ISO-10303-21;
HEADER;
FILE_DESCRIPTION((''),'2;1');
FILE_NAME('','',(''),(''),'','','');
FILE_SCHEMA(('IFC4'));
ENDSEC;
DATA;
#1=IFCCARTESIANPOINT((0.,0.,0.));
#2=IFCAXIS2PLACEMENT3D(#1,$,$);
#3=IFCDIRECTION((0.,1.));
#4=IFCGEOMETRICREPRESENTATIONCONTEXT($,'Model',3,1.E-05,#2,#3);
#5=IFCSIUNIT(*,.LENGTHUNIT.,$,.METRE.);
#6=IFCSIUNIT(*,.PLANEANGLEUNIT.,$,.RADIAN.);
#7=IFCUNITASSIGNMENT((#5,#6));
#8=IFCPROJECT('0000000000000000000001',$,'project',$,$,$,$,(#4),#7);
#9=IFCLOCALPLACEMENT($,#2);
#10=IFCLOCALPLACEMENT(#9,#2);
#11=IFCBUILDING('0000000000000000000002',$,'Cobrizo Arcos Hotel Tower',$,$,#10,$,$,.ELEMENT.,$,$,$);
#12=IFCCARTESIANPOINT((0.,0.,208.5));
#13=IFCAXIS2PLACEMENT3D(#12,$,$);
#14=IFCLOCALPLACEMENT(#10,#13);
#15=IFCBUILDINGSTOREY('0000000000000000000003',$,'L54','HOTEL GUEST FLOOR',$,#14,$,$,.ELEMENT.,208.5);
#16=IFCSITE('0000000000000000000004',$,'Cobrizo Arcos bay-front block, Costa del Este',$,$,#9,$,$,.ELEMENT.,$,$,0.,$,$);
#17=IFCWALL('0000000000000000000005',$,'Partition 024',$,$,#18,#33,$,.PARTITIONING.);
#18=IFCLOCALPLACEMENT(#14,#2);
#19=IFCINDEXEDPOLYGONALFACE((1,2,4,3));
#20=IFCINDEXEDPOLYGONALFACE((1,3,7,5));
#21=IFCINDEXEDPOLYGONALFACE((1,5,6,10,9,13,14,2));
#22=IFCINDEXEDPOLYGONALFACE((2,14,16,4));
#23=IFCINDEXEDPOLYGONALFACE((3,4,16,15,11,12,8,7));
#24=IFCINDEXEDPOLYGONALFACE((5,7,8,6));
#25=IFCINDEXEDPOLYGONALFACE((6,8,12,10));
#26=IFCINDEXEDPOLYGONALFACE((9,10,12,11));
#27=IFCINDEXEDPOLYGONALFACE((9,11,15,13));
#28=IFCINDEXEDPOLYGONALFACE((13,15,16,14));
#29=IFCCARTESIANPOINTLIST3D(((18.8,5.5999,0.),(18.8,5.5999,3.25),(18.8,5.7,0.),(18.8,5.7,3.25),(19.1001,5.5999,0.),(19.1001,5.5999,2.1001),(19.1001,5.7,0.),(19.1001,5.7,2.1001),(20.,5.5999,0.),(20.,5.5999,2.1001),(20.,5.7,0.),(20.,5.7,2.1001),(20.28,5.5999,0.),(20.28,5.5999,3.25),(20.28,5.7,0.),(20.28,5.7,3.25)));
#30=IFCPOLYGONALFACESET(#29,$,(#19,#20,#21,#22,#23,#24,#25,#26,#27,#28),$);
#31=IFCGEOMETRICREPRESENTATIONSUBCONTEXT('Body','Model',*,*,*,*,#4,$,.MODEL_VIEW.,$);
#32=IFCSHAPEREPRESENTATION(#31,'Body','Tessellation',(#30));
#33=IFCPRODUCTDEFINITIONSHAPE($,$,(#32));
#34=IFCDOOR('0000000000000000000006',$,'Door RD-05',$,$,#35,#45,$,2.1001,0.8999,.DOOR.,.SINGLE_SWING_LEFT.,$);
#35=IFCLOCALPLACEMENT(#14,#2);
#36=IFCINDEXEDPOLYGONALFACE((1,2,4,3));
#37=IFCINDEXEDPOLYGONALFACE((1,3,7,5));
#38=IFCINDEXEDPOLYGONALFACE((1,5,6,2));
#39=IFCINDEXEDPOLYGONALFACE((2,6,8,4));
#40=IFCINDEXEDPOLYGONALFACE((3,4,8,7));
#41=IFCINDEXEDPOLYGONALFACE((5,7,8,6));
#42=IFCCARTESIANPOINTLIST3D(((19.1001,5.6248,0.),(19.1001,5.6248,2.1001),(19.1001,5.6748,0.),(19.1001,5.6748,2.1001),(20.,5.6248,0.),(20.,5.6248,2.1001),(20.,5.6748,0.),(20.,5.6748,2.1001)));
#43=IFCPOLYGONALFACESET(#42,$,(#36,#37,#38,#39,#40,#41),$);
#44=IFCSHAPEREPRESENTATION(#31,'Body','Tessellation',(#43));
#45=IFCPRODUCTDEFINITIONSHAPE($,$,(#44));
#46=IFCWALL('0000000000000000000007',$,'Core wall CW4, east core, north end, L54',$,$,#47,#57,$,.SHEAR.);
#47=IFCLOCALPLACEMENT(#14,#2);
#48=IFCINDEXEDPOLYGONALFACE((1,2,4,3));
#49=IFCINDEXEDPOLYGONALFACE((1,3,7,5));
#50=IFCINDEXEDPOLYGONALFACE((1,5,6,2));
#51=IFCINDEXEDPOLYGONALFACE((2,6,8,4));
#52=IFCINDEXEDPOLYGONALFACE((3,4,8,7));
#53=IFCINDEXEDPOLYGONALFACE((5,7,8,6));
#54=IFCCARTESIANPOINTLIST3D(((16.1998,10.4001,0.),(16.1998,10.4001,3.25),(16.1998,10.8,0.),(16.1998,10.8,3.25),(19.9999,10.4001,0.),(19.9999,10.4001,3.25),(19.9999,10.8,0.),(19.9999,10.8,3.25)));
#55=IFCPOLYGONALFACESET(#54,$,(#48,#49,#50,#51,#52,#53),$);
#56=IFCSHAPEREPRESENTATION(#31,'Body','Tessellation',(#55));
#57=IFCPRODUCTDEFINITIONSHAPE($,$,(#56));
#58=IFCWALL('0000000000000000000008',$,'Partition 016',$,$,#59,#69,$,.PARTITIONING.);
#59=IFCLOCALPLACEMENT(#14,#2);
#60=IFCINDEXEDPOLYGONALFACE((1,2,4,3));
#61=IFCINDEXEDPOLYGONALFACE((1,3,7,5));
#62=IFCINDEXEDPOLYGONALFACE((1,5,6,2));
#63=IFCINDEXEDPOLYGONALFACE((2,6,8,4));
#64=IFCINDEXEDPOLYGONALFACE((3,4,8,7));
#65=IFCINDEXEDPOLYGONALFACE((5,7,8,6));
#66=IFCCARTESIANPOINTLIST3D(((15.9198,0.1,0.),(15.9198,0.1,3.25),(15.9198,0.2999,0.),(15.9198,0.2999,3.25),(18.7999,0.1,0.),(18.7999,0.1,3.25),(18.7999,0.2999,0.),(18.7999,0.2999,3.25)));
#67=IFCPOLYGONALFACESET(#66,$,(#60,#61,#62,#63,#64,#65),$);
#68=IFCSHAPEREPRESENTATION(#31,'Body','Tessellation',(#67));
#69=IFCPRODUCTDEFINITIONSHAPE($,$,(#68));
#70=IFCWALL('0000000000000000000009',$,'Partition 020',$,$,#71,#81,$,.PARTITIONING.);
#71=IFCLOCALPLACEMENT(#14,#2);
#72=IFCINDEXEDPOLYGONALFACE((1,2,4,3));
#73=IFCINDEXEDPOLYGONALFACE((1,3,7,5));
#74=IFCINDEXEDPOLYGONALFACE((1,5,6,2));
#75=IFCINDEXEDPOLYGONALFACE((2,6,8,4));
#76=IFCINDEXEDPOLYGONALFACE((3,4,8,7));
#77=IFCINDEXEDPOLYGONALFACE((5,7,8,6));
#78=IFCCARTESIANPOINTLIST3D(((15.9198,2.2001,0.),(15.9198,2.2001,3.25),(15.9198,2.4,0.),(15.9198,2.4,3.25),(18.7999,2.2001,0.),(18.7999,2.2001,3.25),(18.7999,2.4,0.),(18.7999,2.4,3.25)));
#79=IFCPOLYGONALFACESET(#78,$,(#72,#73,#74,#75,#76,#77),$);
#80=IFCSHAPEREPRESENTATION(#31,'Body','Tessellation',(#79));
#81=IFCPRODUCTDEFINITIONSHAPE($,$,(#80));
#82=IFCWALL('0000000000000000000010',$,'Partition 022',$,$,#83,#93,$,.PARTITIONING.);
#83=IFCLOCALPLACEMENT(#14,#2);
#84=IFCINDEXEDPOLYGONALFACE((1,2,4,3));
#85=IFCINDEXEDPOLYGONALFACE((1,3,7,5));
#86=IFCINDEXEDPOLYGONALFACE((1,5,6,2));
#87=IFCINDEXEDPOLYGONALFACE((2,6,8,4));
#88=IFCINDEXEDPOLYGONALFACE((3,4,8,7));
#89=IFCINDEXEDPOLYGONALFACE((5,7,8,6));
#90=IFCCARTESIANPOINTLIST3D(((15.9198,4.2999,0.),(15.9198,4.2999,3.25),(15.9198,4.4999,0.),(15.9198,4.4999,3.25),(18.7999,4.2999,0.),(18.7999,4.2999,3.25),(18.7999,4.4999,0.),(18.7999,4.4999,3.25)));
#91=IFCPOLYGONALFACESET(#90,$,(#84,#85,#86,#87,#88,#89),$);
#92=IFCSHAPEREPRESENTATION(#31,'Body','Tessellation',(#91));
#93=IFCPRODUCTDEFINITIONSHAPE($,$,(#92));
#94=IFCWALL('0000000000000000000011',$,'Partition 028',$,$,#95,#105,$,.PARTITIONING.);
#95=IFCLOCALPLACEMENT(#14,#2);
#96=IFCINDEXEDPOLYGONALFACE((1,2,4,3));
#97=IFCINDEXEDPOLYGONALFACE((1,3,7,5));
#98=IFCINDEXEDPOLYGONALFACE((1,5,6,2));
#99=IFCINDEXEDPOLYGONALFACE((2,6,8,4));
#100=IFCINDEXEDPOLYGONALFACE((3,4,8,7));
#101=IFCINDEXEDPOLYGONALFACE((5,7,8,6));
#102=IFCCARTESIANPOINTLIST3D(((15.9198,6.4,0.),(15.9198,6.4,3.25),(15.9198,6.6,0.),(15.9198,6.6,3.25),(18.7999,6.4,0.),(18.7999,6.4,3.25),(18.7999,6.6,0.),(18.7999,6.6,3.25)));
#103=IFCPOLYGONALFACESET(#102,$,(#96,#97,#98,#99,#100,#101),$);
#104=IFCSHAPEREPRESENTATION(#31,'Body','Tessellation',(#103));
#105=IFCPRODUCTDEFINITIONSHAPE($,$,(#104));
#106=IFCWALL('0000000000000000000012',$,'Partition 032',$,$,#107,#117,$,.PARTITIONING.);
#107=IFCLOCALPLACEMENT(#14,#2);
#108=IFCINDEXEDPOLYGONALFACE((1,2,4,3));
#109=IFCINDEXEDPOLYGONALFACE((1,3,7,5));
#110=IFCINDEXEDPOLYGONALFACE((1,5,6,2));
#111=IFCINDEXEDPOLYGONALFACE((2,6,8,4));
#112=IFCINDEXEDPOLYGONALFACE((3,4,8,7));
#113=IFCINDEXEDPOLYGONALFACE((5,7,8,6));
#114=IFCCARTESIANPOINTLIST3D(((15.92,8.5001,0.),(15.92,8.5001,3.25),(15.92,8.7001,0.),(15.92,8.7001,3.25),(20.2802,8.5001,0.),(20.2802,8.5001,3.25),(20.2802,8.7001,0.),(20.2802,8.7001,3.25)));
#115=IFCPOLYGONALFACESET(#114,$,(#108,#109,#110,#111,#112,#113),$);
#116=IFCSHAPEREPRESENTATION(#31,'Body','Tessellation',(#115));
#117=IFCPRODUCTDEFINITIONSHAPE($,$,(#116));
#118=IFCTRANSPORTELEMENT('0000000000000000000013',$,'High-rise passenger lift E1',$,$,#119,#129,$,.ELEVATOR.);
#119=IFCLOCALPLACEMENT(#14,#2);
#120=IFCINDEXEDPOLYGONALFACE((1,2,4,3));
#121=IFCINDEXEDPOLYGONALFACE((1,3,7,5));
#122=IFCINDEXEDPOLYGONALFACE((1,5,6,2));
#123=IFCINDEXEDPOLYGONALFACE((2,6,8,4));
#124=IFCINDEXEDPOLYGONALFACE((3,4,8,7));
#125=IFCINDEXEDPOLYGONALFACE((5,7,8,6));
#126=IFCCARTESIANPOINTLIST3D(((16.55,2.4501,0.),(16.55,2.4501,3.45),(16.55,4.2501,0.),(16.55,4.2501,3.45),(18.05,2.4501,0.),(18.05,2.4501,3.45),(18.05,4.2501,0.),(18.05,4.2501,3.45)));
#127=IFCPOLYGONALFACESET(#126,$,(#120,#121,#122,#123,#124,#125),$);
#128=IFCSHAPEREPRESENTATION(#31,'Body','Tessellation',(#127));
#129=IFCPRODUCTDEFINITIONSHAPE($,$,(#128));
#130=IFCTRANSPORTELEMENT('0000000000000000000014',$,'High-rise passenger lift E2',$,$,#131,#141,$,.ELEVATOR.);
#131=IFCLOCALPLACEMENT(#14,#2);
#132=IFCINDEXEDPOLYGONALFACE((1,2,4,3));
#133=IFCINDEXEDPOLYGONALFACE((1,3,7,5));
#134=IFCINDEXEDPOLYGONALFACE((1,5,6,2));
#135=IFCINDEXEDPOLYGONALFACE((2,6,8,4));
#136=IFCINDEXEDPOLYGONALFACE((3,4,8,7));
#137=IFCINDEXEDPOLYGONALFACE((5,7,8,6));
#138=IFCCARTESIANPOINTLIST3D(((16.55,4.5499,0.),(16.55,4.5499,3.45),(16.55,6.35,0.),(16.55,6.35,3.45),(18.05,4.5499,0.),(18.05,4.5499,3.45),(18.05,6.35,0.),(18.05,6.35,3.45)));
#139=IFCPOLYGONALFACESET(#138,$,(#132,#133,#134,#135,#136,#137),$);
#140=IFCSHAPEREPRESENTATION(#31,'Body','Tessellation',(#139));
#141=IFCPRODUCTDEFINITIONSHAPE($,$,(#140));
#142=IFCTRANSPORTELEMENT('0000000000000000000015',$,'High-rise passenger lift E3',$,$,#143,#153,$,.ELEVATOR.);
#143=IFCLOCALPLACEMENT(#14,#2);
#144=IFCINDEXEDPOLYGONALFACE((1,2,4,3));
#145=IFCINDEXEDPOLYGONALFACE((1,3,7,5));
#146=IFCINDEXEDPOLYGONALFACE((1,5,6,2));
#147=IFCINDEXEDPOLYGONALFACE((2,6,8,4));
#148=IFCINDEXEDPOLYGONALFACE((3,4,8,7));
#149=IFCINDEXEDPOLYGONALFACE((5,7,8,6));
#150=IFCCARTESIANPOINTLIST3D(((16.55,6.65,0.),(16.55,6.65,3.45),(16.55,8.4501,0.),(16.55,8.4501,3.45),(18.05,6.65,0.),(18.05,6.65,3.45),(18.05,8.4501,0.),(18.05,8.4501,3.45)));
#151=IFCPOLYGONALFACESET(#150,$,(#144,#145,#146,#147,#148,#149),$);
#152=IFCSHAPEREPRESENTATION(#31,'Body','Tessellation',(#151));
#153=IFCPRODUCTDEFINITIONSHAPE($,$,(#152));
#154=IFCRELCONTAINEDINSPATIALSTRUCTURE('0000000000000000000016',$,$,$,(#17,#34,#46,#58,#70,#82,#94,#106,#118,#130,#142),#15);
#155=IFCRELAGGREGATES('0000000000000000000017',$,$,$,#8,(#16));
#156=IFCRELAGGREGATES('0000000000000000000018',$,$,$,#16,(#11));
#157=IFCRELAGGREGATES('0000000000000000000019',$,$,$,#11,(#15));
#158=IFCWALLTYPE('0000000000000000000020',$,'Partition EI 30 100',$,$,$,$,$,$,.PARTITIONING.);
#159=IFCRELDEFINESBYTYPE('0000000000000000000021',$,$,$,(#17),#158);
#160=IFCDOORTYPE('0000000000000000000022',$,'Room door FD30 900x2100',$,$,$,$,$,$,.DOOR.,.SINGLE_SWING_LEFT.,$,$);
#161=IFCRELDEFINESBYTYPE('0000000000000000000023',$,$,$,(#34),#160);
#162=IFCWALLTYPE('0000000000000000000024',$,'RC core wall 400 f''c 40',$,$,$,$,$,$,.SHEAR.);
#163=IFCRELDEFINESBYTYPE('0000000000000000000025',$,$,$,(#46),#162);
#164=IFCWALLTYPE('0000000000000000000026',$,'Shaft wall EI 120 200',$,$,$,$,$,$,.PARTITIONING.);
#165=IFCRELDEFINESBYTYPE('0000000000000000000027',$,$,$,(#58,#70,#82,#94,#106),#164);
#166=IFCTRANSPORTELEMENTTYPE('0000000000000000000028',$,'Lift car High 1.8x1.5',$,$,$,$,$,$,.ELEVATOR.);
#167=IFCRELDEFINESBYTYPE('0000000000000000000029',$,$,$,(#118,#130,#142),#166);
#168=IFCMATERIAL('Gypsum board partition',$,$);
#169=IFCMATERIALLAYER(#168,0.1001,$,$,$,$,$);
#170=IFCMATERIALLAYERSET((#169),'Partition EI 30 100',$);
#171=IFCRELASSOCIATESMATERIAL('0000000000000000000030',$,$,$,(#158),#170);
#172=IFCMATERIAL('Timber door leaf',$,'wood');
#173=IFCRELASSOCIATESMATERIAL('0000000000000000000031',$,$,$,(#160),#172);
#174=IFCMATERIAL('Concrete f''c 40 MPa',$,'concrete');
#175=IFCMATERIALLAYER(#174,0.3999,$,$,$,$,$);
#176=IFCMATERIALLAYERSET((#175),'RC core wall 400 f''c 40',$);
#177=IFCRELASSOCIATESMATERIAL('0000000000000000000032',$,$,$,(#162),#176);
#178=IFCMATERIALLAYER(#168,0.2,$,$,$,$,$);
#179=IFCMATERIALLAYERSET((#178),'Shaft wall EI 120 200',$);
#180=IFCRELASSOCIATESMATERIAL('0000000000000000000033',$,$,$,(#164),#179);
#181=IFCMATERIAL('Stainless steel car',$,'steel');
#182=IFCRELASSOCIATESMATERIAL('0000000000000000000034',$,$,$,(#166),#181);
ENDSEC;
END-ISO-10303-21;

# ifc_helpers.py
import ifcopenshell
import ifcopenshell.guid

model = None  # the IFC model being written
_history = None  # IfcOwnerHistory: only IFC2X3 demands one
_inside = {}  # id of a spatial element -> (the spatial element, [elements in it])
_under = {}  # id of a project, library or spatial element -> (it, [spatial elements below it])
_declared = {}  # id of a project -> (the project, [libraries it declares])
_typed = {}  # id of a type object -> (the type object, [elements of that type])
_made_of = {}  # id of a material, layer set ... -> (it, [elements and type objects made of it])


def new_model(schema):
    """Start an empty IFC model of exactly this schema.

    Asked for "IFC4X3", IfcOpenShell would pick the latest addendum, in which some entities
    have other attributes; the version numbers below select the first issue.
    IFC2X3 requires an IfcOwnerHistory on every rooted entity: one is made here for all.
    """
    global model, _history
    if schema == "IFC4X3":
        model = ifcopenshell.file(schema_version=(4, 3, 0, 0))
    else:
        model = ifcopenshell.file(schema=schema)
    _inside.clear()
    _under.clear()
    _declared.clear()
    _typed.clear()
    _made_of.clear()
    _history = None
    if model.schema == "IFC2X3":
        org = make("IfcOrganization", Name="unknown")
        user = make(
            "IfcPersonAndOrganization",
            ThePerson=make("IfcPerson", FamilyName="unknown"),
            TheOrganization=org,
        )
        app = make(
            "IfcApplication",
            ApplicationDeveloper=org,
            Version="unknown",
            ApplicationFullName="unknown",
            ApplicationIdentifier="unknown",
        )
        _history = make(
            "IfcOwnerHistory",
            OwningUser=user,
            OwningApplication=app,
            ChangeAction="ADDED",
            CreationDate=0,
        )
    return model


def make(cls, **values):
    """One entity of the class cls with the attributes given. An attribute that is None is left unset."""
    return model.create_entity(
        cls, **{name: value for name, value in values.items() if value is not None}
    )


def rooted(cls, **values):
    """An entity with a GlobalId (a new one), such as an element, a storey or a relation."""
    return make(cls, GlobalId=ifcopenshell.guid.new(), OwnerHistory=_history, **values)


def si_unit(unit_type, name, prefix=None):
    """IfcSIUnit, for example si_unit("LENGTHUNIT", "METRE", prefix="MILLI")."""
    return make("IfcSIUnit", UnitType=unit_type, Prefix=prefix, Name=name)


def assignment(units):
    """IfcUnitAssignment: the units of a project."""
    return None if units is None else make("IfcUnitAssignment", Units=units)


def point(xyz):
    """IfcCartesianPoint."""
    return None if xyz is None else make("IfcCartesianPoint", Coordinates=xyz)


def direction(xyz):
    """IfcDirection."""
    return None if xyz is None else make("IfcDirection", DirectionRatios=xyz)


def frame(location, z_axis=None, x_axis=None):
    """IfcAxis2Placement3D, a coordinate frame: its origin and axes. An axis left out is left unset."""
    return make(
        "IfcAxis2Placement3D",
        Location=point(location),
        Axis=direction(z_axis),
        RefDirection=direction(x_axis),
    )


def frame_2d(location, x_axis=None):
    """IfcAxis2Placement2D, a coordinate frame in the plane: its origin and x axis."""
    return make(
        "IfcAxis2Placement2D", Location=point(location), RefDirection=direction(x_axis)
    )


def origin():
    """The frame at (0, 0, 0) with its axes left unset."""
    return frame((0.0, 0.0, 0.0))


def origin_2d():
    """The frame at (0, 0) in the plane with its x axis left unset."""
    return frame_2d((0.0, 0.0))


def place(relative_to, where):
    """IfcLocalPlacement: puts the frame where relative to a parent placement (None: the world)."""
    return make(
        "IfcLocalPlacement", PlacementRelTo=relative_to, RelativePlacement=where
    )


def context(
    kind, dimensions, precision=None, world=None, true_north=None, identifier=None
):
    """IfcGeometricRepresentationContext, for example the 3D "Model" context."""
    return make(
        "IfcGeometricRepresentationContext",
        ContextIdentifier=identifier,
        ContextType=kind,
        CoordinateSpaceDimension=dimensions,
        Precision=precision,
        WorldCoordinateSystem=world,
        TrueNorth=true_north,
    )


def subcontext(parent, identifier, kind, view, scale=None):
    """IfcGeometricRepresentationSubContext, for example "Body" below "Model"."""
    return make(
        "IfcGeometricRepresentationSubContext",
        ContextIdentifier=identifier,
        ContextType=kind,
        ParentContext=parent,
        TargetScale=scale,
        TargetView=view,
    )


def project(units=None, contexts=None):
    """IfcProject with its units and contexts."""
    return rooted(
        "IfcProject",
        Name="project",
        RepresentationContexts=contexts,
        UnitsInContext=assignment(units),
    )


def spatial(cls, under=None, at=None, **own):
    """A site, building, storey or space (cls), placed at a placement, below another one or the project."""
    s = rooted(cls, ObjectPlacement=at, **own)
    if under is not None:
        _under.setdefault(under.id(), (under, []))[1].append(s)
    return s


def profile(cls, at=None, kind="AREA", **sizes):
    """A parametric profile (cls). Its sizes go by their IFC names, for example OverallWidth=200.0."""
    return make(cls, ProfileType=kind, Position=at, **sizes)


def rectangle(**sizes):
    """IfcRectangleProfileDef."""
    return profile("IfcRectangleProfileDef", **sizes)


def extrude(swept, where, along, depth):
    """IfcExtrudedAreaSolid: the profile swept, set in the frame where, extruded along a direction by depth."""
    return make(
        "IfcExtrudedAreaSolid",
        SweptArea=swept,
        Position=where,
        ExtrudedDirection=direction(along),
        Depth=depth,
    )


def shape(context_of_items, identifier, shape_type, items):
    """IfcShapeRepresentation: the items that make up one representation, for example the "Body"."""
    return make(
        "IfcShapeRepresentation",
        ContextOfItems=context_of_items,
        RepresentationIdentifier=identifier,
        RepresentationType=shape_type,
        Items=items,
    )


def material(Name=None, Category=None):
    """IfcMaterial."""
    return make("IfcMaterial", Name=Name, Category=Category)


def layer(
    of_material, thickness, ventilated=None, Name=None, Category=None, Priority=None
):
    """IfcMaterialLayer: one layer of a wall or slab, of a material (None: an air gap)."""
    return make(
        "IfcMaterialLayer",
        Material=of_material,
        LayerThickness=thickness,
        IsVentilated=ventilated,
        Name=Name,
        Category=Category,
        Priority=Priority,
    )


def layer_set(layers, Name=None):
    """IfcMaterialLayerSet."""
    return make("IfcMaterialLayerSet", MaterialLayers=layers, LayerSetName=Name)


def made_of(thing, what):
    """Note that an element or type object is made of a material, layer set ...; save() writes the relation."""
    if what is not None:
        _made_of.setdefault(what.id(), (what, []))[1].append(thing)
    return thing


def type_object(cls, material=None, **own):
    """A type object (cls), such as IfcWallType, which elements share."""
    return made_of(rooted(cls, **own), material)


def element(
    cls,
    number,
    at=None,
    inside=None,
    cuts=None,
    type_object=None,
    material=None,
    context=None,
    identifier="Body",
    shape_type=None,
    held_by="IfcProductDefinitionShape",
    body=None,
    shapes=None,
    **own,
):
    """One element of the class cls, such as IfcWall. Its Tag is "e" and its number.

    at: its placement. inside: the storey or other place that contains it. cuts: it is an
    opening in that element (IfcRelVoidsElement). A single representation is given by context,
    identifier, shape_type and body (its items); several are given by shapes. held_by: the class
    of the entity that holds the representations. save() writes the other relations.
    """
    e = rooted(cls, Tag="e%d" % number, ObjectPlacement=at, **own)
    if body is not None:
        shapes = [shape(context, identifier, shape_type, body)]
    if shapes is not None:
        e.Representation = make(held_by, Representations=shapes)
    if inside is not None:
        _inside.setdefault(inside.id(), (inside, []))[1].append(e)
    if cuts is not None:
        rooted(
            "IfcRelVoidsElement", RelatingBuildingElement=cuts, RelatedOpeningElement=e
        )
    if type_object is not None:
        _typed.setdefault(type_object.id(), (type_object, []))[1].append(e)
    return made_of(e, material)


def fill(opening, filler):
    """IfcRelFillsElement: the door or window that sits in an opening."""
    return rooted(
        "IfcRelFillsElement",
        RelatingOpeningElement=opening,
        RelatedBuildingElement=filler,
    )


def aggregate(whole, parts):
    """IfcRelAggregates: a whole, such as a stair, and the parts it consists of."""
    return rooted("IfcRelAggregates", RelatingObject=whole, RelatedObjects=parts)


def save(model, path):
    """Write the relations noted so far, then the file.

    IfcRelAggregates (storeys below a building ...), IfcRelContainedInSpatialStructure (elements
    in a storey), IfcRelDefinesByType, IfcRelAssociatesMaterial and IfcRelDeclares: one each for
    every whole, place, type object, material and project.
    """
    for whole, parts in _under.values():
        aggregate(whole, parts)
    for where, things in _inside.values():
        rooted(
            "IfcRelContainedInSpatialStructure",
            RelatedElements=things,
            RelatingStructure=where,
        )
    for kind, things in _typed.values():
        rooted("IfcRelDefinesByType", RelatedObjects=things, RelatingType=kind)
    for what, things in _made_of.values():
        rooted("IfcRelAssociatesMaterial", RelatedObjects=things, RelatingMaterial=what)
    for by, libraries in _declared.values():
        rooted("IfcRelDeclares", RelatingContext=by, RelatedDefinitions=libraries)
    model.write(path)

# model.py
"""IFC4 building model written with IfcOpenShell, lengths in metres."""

from ifc_helpers import new_model, si_unit, direction, frame, frame_2d, origin, origin_2d, place, context, subcontext, project, spatial, rectangle, extrude, material, layer, layer_set, type_object, element, fill, save


model = new_model("IFC4")

# Units and contexts
model_context = context("Model", 3, precision=1e-05, world=origin(), true_north=direction((0.0, 1.0)))
body_context = subcontext(model_context, "Body", "Model", "MODEL_VIEW")
ifc_project = project(units=[si_unit("LENGTHUNIT", "METRE"), si_unit("PLANEANGLEUNIT", "RADIAN")], contexts=[model_context])

# Site, building, storey
site_placement = place(None, origin())
site = spatial("IfcSite", under=ifc_project, at=site_placement, Name="Cobrizo Arcos bay-front block, Costa del Este", CompositionType="ELEMENT", RefElevation=0.0)
building_placement = place(site_placement, origin())
building = spatial("IfcBuilding", under=site, at=building_placement, Name="Cobrizo Arcos Hotel Tower", CompositionType="ELEMENT")
storey_placement = place(building_placement, frame((0.0, 0.0, 208.5)))
storey = spatial("IfcBuildingStorey", under=building, at=storey_placement, Name="L54", Description="HOTEL GUEST FLOOR", CompositionType="ELEMENT", Elevation=208.5)

# Shared definitions
ifc_material_1 = material(Name="Gypsum board partition")

# Wall, opening, door
ifc_layer_1 = layer(ifc_material_1, 0.1001)
ifc_layer_set_1 = layer_set([ifc_layer_1], Name="Partition EI 30 100")
wall_type_1 = type_object("IfcWallType", Name="Partition EI 30 100", PredefinedType="PARTITIONING", material=ifc_layer_set_1)
wall_1_placement = place(storey_placement, frame((18.8, 5.6499, 0.0), z_axis=(0.0, 0.0, 1.0), x_axis=(1.0, 0.0, 0.0)))
wall_1 = element("IfcWall", 1, at=wall_1_placement, inside=storey, type_object=wall_type_1, Name="Partition 024", PredefinedType="PARTITIONING", context=body_context, shape_type="SweptSolid", body=[
    extrude(rectangle(XDim=1.48, YDim=0.1001, at=frame_2d((0.74, 0.0))), origin(), (0.0, 0.0, 1.0), 3.25),
])
opening_placement = place(wall_1_placement, frame((0.3, 0.0, 0.0)))
opening = element("IfcOpeningElement", 2, at=opening_placement, cuts=wall_1, PredefinedType="OPENING", context=body_context, shape_type="SweptSolid", body=[
    extrude(rectangle(XDim=0.8999, YDim=2.1001, at=frame_2d((0.45, 1.05))), frame((0.0, 0.062, 0.0), z_axis=(0.0, -1.0, 0.0), x_axis=(1.0, 0.0, 0.0)), (0.0, 0.0, 1.0), 0.124),
])
ifc_material_2 = material(Name="Timber door leaf", Category="wood")
door_type = type_object("IfcDoorType", Name="Room door FD30 900x2100", OperationType="SINGLE_SWING_LEFT", PredefinedType="DOOR", material=ifc_material_2)
door_placement = place(opening_placement, origin())
door = element("IfcDoor", 3, at=door_placement, inside=storey, type_object=door_type, Name="Door RD-05", OperationType="SINGLE_SWING_LEFT", OverallHeight=2.1001, OverallWidth=0.8999, PredefinedType="DOOR", context=body_context, shape_type="SweptSolid", body=[
    extrude(rectangle(XDim=0.8999, YDim=2.1001, at=frame_2d((0.45, 1.05))), frame((0.0, 0.0249, 0.0), z_axis=(0.0, -1.0, 0.0), x_axis=(1.0, 0.0, 0.0)), (0.0, 0.0, 1.0), 0.05),
])
fill(opening, door)

# Walls
ifc_material_3 = material(Name="Concrete f'c 40 MPa", Category="concrete")
ifc_layer_2 = layer(ifc_material_3, 0.3999)
ifc_layer_set_2 = layer_set([ifc_layer_2], Name="RC core wall 400 f'c 40")
wall_type_2 = type_object("IfcWallType", Name="RC core wall 400 f'c 40", PredefinedType="SHEAR", material=ifc_layer_set_2)
wall_2_placement = place(storey_placement, frame((16.2, 10.6001, 0.0), z_axis=(0.0, 0.0, 1.0), x_axis=(1.0, 0.0, 0.0)))
element("IfcWall", 4, at=wall_2_placement, inside=storey, type_object=wall_type_2, Name="Core wall CW4, east core, north end, L54", PredefinedType="SHEAR", context=body_context, shape_type="SweptSolid", body=[
    extrude(rectangle(XDim=3.8, YDim=0.3999, at=frame_2d((1.8999, 0.0))), origin(), (0.0, 0.0, 1.0), 3.25),
])
ifc_layer_3 = layer(ifc_material_1, 0.2)
ifc_layer_set_3 = layer_set([ifc_layer_3], Name="Shaft wall EI 120 200")
wall_type_3 = type_object("IfcWallType", Name="Shaft wall EI 120 200", PredefinedType="PARTITIONING", material=ifc_layer_set_3)
for number, where, z_axis, x_axis, name in (
    (5, (15.9199, 0.2, 0.0), (0.0, 0.0, 1.0), (1.0, 0.0, 0.0), "Partition 016"),
    (6, (15.9199, 2.3, 0.0), (0.0, 0.0, 1.0), (1.0, 0.0, 0.0), "Partition 020"),
    (7, (15.9199, 4.3999, 0.0), (0.0, 0.0, 1.0), (1.0, 0.0, 0.0), "Partition 022"),
    (8, (15.9199, 6.5, 0.0), (0.0, 0.0, 1.0), (1.0, 0.0, 0.0), "Partition 028"),
):
    element("IfcWall", number, at=place(storey_placement, frame(where, z_axis=z_axis, x_axis=x_axis)), inside=storey, type_object=wall_type_3, Name=name, PredefinedType="PARTITIONING", context=body_context, shape_type="SweptSolid", body=[
        extrude(rectangle(XDim=2.8801, YDim=0.2, at=frame_2d((1.4399, 0.0))), origin(), (0.0, 0.0, 1.0), 3.25),
    ])
wall_3_placement = place(storey_placement, frame((15.9199, 8.6001, 0.0), z_axis=(0.0, 0.0, 1.0), x_axis=(1.0, 0.0, 0.0)))
element("IfcWall", 9, at=wall_3_placement, inside=storey, type_object=wall_type_3, Name="Partition 032", PredefinedType="PARTITIONING", context=body_context, shape_type="SweptSolid", body=[
    extrude(rectangle(XDim=4.3601, YDim=0.2, at=frame_2d((2.1802, 0.0))), origin(), (0.0, 0.0, 1.0), 3.25),
])

# Transport elements
ifc_material_4 = material(Name="Stainless steel car", Category="steel")
transport_element_type = type_object("IfcTransportElementType", Name="Lift car High 1.8x1.5", PredefinedType="ELEVATOR", material=ifc_material_4)
for number, where, z_axis, x_axis, name in (
    (10, (17.3, 3.3501, 0.0), (0.0, 0.0, 1.0), (1.0, 0.0, 0.0), "High-rise passenger lift E1"),
    (11, (17.3, 5.45, 0.0), (0.0, 0.0, 1.0), (1.0, 0.0, 0.0), "High-rise passenger lift E2"),
    (12, (17.3, 7.55, 0.0), (0.0, 0.0, 1.0), (1.0, 0.0, 0.0), "High-rise passenger lift E3"),
):
    element("IfcTransportElement", number, at=place(storey_placement, frame(where, z_axis=z_axis, x_axis=x_axis)), inside=storey, type_object=transport_element_type, Name=name, PredefinedType="ELEVATOR", context=body_context, shape_type="SweptSolid", body=[
        extrude(rectangle(XDim=1.5, YDim=1.8, at=origin_2d()), origin(), (0.0, 0.0, 1.0), 3.45),
    ])

save(model, "model.ifc")
